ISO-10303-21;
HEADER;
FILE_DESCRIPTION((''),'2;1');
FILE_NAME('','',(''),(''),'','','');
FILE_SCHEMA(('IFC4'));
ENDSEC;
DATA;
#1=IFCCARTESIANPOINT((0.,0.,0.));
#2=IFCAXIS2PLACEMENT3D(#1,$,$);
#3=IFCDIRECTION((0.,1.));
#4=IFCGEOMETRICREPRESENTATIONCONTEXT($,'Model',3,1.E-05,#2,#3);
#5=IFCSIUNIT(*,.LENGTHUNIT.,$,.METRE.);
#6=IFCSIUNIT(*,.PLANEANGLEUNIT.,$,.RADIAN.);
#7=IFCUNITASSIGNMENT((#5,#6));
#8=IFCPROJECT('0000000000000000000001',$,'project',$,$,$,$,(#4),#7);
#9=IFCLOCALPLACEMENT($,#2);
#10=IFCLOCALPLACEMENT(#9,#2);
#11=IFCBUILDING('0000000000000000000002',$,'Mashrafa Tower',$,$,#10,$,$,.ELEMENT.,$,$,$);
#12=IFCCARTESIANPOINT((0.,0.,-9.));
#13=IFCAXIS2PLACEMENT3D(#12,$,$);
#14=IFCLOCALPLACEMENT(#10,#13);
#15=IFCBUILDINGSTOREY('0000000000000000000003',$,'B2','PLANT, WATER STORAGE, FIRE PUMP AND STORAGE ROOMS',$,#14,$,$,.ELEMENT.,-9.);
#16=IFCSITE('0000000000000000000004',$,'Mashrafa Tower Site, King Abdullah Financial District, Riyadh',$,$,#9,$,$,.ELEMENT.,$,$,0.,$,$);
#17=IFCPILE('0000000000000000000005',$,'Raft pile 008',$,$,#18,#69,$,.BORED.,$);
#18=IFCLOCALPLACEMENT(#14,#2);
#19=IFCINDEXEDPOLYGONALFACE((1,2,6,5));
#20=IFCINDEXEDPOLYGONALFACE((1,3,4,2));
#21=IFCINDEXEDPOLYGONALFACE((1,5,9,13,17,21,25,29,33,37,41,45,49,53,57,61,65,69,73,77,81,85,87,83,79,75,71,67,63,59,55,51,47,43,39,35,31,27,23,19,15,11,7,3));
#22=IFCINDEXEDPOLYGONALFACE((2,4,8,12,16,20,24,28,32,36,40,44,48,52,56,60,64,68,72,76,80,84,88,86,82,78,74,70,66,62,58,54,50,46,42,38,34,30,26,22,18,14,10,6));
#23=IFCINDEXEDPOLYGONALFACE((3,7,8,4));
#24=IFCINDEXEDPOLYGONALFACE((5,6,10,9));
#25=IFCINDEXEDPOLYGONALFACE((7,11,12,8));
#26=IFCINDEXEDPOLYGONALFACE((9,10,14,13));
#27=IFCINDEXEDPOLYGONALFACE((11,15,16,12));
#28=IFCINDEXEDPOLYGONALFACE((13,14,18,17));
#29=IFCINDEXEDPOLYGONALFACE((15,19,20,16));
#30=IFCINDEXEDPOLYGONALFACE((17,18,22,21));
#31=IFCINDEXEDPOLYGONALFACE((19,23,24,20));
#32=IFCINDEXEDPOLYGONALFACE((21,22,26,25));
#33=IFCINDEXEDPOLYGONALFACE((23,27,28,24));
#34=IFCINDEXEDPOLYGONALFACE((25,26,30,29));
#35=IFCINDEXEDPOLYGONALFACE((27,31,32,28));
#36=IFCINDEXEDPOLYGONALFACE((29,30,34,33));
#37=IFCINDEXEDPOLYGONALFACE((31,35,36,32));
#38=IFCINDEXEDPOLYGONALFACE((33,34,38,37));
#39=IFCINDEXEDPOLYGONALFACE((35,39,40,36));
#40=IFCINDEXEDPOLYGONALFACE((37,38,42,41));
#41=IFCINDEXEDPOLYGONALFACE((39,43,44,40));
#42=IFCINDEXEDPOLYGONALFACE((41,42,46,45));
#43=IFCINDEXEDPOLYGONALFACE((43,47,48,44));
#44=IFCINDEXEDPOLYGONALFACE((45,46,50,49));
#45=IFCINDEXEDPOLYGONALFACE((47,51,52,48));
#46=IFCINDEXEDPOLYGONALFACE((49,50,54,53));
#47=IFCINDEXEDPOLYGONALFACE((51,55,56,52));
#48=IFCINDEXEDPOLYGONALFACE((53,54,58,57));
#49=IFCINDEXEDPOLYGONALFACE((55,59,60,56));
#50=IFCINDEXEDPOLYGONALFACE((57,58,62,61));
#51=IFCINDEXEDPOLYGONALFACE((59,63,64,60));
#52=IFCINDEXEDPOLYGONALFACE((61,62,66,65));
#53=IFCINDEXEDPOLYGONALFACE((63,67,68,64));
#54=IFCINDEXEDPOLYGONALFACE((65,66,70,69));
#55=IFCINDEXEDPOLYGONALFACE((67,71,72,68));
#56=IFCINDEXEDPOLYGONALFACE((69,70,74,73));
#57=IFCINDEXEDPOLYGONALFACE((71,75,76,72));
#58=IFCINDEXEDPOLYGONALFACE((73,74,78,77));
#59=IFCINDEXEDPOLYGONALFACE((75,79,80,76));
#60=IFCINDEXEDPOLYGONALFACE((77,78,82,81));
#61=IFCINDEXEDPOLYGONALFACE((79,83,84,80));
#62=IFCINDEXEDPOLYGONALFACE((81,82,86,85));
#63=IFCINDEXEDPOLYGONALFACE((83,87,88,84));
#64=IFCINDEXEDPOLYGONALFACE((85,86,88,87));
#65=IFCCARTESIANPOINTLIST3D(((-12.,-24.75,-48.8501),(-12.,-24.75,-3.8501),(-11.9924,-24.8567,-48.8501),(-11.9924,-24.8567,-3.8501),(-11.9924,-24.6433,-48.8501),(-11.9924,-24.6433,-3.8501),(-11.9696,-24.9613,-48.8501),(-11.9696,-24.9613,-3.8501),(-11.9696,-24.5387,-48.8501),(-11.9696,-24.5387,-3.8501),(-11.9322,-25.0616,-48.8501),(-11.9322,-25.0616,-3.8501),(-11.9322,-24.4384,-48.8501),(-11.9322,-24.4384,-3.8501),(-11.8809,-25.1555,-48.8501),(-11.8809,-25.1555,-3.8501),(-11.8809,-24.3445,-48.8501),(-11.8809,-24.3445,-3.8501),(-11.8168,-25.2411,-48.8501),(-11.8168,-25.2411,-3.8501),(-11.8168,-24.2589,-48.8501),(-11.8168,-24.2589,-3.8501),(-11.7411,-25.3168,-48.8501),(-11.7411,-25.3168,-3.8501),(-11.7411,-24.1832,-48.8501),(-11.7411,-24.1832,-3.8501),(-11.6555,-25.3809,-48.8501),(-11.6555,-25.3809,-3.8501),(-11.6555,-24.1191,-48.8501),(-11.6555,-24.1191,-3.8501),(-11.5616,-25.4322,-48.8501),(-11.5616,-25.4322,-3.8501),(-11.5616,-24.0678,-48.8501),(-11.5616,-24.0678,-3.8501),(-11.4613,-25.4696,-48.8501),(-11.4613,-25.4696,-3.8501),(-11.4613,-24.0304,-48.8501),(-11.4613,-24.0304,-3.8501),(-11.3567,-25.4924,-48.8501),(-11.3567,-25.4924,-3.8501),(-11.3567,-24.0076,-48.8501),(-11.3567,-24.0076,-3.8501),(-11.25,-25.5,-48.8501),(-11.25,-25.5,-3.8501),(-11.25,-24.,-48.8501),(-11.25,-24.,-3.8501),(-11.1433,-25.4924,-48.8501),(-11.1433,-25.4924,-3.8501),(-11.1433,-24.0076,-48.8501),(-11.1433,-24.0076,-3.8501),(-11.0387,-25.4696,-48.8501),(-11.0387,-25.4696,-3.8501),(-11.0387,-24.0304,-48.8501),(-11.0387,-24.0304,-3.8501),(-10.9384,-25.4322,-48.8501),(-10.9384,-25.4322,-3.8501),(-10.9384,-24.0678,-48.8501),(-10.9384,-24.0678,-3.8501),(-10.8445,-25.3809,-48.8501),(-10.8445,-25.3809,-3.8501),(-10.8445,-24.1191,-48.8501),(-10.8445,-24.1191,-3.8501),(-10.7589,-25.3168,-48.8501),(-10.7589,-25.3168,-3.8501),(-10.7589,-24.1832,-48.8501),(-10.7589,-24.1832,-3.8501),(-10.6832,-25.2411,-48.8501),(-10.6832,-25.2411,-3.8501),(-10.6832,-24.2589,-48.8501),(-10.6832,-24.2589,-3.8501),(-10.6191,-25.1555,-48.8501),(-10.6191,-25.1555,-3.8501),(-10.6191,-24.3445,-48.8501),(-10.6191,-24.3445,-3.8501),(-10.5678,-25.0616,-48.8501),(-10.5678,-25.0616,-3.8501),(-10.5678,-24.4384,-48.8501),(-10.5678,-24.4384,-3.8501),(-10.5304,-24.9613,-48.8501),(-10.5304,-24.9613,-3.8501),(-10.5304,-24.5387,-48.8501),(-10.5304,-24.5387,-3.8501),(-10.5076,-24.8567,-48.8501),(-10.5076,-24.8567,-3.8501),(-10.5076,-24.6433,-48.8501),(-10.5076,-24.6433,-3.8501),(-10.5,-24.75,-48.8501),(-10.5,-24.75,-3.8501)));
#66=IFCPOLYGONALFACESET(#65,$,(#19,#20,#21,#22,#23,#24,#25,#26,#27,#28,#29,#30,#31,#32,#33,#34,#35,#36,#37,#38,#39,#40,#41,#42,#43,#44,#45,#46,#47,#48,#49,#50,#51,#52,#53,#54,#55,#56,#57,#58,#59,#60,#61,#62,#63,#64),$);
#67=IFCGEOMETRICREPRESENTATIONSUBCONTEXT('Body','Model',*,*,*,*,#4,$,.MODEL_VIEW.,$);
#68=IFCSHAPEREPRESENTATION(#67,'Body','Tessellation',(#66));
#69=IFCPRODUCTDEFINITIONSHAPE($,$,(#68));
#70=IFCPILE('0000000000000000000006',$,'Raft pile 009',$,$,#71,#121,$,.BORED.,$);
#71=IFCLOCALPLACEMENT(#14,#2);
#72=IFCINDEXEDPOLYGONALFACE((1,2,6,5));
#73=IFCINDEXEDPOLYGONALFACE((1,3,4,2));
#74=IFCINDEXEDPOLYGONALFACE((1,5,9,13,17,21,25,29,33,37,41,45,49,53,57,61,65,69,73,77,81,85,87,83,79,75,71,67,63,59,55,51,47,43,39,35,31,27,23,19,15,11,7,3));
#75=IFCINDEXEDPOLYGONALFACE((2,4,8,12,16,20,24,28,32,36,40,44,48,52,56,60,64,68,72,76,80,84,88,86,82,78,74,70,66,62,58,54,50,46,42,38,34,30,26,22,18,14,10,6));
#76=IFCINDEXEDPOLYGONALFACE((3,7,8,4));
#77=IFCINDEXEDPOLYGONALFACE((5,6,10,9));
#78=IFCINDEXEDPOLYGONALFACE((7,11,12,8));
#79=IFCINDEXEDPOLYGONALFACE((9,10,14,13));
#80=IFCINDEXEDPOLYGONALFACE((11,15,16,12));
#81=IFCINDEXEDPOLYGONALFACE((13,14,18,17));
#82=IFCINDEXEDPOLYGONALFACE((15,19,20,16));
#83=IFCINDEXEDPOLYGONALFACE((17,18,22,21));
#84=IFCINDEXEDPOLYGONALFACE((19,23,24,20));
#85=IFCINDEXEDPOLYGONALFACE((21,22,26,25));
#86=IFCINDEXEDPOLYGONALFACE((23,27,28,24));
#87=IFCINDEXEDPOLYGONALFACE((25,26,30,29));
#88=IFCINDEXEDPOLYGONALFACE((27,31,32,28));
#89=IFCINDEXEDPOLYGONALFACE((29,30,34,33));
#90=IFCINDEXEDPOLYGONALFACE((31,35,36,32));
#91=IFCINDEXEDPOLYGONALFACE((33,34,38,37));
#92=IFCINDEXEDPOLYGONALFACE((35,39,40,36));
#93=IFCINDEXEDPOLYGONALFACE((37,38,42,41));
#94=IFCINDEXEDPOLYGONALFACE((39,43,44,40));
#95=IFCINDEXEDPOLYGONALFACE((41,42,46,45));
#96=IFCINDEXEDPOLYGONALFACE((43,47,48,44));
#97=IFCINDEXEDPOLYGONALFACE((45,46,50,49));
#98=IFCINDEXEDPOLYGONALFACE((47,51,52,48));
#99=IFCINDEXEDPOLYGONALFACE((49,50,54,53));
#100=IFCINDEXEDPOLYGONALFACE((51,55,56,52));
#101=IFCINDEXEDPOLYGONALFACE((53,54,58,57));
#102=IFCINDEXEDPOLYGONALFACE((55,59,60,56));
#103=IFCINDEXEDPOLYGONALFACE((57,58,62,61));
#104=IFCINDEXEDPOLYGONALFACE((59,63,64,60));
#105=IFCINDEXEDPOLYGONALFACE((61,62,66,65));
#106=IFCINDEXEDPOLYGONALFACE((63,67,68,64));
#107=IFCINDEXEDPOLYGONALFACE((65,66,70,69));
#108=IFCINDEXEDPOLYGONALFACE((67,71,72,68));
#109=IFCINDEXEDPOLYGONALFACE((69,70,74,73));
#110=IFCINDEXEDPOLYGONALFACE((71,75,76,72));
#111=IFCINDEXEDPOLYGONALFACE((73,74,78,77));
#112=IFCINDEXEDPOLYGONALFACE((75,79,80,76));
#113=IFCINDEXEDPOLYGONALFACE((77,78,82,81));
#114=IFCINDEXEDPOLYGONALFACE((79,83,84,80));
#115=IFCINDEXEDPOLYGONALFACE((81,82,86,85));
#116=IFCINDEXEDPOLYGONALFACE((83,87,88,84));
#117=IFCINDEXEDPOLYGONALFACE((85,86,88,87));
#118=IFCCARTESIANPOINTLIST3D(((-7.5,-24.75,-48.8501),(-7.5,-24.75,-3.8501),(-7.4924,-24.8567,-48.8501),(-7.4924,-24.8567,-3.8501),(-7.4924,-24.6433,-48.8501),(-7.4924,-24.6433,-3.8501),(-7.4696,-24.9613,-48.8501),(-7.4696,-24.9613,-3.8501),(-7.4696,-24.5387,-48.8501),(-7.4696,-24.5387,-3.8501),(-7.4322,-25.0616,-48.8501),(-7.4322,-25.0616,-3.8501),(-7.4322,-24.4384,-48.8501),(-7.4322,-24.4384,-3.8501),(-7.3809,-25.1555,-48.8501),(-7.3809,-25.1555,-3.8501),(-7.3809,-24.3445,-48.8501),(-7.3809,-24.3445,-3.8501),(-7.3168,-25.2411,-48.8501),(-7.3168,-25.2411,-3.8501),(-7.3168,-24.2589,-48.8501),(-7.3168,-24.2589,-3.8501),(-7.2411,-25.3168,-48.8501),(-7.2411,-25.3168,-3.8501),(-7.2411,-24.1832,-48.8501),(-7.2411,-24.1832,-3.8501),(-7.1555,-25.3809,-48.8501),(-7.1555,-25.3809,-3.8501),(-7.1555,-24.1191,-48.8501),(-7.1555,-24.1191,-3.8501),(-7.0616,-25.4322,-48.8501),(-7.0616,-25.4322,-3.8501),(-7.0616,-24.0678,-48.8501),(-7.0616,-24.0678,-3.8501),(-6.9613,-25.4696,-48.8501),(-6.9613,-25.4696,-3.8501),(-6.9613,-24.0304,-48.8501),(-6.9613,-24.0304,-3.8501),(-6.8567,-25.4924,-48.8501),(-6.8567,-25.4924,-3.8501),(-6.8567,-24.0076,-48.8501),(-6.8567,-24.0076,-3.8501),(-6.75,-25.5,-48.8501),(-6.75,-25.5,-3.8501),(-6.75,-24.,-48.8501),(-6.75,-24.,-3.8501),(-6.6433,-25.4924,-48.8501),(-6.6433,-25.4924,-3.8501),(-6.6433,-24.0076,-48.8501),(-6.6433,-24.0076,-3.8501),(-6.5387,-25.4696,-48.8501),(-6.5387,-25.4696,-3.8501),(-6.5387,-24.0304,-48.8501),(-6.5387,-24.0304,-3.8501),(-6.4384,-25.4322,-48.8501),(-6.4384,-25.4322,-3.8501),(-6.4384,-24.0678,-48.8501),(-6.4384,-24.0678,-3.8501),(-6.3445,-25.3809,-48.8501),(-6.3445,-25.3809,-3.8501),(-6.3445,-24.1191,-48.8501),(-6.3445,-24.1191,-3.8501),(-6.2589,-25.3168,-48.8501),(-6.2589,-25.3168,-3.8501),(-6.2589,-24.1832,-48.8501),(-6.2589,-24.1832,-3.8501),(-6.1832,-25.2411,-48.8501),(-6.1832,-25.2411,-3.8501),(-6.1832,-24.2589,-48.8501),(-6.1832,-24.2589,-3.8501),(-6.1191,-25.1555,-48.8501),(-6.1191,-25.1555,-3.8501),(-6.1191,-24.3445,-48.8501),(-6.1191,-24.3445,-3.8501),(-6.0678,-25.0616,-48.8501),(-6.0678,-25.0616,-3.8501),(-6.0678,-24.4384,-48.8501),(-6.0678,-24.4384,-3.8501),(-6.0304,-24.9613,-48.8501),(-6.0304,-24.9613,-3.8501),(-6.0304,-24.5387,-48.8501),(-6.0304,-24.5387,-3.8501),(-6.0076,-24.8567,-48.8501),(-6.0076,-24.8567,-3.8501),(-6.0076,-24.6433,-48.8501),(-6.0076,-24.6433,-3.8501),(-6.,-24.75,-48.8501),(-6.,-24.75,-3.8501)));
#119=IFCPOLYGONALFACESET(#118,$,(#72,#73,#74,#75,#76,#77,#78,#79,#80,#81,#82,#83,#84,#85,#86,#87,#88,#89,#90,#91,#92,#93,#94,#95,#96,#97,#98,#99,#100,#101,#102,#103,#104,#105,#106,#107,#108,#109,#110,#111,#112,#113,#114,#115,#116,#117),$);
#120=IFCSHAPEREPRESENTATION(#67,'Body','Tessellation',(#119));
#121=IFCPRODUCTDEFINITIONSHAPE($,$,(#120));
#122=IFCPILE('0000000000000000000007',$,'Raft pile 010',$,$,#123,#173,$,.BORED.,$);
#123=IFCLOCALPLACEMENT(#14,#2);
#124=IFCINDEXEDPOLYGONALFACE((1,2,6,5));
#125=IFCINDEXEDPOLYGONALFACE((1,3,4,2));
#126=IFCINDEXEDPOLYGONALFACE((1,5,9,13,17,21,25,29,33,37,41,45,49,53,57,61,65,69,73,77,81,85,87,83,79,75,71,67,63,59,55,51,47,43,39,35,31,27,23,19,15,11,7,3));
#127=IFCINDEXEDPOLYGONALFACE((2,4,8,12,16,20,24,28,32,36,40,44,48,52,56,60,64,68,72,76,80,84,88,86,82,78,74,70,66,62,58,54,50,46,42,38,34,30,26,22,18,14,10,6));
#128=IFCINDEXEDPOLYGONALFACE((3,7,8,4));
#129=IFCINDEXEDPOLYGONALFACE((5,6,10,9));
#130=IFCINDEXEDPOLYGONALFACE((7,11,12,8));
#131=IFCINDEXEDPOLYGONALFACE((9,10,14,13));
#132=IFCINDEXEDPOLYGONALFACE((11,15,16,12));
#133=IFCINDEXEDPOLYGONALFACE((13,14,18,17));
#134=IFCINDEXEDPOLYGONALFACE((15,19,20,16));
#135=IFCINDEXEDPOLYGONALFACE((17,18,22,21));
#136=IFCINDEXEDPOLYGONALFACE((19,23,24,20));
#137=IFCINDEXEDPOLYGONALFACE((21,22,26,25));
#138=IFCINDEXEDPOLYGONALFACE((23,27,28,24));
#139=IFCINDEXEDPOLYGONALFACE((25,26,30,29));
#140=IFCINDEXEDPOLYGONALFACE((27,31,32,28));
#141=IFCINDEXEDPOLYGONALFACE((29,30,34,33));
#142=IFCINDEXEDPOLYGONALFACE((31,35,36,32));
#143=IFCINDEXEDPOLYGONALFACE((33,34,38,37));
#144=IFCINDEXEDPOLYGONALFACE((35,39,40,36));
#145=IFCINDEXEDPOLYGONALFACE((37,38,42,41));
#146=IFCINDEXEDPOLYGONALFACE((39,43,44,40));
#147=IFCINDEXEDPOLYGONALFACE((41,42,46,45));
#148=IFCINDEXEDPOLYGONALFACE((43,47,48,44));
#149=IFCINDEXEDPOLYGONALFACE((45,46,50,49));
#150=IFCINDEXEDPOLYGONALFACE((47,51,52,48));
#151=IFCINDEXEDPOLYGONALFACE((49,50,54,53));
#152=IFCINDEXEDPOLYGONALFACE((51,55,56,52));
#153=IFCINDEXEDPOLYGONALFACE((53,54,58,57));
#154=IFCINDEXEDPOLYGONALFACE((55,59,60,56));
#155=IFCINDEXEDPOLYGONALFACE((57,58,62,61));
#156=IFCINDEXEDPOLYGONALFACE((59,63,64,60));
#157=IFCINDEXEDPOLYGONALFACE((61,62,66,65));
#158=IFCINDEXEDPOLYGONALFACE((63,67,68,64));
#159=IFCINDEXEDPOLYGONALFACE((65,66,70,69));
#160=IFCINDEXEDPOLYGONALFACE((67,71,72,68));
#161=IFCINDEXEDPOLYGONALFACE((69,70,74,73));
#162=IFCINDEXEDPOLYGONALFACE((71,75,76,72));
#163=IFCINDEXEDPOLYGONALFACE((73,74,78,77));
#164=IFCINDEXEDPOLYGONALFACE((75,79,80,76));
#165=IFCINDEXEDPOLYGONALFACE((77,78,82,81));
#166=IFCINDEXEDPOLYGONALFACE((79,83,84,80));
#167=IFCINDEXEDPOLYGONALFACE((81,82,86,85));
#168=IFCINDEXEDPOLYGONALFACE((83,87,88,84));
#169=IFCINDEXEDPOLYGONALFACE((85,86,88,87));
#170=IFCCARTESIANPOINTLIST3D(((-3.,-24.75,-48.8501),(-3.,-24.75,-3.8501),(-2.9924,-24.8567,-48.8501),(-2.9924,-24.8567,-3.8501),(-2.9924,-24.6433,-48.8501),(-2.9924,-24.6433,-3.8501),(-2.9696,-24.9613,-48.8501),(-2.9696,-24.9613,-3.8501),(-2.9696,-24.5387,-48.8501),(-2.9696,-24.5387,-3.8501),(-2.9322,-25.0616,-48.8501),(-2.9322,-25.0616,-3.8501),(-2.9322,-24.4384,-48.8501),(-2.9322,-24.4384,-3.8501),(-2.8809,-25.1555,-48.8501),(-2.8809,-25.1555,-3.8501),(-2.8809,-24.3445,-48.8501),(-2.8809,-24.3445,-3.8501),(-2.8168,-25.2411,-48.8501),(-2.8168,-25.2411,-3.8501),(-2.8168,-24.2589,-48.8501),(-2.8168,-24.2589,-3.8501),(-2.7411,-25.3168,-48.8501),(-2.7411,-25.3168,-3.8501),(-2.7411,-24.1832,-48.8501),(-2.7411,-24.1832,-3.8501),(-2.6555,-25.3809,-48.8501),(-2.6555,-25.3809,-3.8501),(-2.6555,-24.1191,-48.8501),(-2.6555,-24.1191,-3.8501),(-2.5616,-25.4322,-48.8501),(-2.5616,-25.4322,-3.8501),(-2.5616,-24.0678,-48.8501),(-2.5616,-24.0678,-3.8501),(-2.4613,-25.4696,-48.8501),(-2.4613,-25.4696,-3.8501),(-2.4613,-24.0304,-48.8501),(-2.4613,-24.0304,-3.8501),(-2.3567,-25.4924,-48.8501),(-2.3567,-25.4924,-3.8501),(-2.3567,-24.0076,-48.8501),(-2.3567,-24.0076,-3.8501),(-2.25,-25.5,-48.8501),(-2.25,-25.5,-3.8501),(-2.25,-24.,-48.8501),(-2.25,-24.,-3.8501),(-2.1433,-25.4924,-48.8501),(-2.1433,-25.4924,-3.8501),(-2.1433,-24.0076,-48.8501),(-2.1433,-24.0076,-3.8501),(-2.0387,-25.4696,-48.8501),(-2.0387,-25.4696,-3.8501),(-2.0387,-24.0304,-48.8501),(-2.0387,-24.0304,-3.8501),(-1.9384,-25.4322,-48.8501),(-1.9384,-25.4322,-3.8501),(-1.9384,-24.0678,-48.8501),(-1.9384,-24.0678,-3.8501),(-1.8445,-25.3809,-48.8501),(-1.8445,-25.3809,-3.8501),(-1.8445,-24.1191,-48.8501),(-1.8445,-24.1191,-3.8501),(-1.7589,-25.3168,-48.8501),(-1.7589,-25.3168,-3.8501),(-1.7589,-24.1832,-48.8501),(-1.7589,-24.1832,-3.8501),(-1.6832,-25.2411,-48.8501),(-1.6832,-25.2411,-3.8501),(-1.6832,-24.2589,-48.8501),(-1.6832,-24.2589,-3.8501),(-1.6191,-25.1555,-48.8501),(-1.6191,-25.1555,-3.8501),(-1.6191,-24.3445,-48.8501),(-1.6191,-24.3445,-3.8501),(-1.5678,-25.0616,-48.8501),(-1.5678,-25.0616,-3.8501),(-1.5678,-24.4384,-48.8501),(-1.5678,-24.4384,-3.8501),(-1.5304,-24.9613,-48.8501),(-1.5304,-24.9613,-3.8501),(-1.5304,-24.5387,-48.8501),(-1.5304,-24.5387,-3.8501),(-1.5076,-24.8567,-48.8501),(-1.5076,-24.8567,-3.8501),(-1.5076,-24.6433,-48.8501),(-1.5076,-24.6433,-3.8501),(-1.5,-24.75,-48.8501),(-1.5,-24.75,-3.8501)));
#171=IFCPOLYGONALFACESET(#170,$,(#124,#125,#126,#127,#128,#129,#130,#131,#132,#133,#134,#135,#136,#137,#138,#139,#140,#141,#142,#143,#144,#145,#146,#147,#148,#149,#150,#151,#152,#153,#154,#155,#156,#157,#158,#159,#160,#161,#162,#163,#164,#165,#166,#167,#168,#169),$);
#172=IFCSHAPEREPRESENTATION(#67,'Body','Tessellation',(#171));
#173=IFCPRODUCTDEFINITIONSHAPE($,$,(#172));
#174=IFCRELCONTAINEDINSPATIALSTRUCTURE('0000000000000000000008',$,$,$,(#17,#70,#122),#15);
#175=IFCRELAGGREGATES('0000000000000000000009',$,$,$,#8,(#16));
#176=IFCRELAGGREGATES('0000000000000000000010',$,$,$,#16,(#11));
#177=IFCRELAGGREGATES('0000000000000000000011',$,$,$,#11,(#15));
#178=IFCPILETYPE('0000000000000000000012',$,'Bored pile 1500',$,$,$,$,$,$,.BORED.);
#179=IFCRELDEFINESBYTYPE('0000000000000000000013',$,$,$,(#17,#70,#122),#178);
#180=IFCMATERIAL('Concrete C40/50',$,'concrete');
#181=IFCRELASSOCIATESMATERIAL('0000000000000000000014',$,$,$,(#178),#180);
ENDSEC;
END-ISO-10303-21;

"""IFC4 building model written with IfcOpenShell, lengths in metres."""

from ifc_helpers import new_model, si_unit, direction, frame, origin, origin_2d, place, context, subcontext, project, spatial, circle, extrude, material, material_profile, profile_set, type_object, element, save


model = new_model("IFC4")

# Units and contexts
model_context = context("Model", 3, precision=1e-05, world=origin(), true_north=direction((0.0, 1.0)))
body_context = subcontext(model_context, "Body", "Model", "MODEL_VIEW")
ifc_project = project(units=[si_unit("LENGTHUNIT", "METRE"), si_unit("PLANEANGLEUNIT", "RADIAN")], contexts=[model_context])

# Site, building, storey
site_placement = place(None, origin())
site = spatial("IfcSite", under=ifc_project, at=site_placement, Name="Mashrafa Tower Site, King Abdullah Financial District, Riyadh", CompositionType="ELEMENT", RefElevation=0.0)
building_placement = place(site_placement, origin())
building = spatial("IfcBuilding", under=site, at=building_placement, Name="Mashrafa Tower", CompositionType="ELEMENT")
storey_placement = place(building_placement, frame((0.0, 0.0, -9.0)))
storey = spatial("IfcBuildingStorey", under=building, at=storey_placement, Name="B2", Description="PLANT, WATER STORAGE, FIRE PUMP AND STORAGE ROOMS", CompositionType="ELEMENT", Elevation=-9.0)

# Piles
ifc_material_1 = material(Name="Concrete C40/50", Category="concrete")
ifc_material_profile_1 = material_profile(ifc_material_1, circle(Radius=0.75, at=origin_2d()), Name="1500 DIA")
ifc_profile_set_1 = profile_set([ifc_material_profile_1], Name="Concrete C40/50")
pile_type_1 = type_object("IfcPileType", Name="Bored pile 1500", PredefinedType="BORED", material=ifc_profile_set_1)
for number, where, z_axis, x_axis, name in (
    (1, (-11.25, -24.75, -3.8501), (0.0, 0.0, -1.0), (1.0, 0.0, 0.0), "Raft pile 008"),
    (2, (-6.75, -24.75, -3.8501), (0.0, 0.0, -1.0), (1.0, 0.0, 0.0), "Raft pile 009"),
    (3, (-2.25, -24.75, -3.8501), (0.0, 0.0, -1.0), (1.0, 0.0, 0.0), "Raft pile 010"),
):
    element("IfcPile", number, at=place(storey_placement, frame(where, z_axis=z_axis, x_axis=x_axis)), inside=storey, type_object=pile_type_1, Name=name, PredefinedType="BORED", context=body_context, shape_type="SweptSolid", body=[
        extrude(circle(Radius=0.75, at=origin_2d()), origin(), (0.0, 0.0, 1.0), 45.0),
    ])

save(model, "model.ifc")
